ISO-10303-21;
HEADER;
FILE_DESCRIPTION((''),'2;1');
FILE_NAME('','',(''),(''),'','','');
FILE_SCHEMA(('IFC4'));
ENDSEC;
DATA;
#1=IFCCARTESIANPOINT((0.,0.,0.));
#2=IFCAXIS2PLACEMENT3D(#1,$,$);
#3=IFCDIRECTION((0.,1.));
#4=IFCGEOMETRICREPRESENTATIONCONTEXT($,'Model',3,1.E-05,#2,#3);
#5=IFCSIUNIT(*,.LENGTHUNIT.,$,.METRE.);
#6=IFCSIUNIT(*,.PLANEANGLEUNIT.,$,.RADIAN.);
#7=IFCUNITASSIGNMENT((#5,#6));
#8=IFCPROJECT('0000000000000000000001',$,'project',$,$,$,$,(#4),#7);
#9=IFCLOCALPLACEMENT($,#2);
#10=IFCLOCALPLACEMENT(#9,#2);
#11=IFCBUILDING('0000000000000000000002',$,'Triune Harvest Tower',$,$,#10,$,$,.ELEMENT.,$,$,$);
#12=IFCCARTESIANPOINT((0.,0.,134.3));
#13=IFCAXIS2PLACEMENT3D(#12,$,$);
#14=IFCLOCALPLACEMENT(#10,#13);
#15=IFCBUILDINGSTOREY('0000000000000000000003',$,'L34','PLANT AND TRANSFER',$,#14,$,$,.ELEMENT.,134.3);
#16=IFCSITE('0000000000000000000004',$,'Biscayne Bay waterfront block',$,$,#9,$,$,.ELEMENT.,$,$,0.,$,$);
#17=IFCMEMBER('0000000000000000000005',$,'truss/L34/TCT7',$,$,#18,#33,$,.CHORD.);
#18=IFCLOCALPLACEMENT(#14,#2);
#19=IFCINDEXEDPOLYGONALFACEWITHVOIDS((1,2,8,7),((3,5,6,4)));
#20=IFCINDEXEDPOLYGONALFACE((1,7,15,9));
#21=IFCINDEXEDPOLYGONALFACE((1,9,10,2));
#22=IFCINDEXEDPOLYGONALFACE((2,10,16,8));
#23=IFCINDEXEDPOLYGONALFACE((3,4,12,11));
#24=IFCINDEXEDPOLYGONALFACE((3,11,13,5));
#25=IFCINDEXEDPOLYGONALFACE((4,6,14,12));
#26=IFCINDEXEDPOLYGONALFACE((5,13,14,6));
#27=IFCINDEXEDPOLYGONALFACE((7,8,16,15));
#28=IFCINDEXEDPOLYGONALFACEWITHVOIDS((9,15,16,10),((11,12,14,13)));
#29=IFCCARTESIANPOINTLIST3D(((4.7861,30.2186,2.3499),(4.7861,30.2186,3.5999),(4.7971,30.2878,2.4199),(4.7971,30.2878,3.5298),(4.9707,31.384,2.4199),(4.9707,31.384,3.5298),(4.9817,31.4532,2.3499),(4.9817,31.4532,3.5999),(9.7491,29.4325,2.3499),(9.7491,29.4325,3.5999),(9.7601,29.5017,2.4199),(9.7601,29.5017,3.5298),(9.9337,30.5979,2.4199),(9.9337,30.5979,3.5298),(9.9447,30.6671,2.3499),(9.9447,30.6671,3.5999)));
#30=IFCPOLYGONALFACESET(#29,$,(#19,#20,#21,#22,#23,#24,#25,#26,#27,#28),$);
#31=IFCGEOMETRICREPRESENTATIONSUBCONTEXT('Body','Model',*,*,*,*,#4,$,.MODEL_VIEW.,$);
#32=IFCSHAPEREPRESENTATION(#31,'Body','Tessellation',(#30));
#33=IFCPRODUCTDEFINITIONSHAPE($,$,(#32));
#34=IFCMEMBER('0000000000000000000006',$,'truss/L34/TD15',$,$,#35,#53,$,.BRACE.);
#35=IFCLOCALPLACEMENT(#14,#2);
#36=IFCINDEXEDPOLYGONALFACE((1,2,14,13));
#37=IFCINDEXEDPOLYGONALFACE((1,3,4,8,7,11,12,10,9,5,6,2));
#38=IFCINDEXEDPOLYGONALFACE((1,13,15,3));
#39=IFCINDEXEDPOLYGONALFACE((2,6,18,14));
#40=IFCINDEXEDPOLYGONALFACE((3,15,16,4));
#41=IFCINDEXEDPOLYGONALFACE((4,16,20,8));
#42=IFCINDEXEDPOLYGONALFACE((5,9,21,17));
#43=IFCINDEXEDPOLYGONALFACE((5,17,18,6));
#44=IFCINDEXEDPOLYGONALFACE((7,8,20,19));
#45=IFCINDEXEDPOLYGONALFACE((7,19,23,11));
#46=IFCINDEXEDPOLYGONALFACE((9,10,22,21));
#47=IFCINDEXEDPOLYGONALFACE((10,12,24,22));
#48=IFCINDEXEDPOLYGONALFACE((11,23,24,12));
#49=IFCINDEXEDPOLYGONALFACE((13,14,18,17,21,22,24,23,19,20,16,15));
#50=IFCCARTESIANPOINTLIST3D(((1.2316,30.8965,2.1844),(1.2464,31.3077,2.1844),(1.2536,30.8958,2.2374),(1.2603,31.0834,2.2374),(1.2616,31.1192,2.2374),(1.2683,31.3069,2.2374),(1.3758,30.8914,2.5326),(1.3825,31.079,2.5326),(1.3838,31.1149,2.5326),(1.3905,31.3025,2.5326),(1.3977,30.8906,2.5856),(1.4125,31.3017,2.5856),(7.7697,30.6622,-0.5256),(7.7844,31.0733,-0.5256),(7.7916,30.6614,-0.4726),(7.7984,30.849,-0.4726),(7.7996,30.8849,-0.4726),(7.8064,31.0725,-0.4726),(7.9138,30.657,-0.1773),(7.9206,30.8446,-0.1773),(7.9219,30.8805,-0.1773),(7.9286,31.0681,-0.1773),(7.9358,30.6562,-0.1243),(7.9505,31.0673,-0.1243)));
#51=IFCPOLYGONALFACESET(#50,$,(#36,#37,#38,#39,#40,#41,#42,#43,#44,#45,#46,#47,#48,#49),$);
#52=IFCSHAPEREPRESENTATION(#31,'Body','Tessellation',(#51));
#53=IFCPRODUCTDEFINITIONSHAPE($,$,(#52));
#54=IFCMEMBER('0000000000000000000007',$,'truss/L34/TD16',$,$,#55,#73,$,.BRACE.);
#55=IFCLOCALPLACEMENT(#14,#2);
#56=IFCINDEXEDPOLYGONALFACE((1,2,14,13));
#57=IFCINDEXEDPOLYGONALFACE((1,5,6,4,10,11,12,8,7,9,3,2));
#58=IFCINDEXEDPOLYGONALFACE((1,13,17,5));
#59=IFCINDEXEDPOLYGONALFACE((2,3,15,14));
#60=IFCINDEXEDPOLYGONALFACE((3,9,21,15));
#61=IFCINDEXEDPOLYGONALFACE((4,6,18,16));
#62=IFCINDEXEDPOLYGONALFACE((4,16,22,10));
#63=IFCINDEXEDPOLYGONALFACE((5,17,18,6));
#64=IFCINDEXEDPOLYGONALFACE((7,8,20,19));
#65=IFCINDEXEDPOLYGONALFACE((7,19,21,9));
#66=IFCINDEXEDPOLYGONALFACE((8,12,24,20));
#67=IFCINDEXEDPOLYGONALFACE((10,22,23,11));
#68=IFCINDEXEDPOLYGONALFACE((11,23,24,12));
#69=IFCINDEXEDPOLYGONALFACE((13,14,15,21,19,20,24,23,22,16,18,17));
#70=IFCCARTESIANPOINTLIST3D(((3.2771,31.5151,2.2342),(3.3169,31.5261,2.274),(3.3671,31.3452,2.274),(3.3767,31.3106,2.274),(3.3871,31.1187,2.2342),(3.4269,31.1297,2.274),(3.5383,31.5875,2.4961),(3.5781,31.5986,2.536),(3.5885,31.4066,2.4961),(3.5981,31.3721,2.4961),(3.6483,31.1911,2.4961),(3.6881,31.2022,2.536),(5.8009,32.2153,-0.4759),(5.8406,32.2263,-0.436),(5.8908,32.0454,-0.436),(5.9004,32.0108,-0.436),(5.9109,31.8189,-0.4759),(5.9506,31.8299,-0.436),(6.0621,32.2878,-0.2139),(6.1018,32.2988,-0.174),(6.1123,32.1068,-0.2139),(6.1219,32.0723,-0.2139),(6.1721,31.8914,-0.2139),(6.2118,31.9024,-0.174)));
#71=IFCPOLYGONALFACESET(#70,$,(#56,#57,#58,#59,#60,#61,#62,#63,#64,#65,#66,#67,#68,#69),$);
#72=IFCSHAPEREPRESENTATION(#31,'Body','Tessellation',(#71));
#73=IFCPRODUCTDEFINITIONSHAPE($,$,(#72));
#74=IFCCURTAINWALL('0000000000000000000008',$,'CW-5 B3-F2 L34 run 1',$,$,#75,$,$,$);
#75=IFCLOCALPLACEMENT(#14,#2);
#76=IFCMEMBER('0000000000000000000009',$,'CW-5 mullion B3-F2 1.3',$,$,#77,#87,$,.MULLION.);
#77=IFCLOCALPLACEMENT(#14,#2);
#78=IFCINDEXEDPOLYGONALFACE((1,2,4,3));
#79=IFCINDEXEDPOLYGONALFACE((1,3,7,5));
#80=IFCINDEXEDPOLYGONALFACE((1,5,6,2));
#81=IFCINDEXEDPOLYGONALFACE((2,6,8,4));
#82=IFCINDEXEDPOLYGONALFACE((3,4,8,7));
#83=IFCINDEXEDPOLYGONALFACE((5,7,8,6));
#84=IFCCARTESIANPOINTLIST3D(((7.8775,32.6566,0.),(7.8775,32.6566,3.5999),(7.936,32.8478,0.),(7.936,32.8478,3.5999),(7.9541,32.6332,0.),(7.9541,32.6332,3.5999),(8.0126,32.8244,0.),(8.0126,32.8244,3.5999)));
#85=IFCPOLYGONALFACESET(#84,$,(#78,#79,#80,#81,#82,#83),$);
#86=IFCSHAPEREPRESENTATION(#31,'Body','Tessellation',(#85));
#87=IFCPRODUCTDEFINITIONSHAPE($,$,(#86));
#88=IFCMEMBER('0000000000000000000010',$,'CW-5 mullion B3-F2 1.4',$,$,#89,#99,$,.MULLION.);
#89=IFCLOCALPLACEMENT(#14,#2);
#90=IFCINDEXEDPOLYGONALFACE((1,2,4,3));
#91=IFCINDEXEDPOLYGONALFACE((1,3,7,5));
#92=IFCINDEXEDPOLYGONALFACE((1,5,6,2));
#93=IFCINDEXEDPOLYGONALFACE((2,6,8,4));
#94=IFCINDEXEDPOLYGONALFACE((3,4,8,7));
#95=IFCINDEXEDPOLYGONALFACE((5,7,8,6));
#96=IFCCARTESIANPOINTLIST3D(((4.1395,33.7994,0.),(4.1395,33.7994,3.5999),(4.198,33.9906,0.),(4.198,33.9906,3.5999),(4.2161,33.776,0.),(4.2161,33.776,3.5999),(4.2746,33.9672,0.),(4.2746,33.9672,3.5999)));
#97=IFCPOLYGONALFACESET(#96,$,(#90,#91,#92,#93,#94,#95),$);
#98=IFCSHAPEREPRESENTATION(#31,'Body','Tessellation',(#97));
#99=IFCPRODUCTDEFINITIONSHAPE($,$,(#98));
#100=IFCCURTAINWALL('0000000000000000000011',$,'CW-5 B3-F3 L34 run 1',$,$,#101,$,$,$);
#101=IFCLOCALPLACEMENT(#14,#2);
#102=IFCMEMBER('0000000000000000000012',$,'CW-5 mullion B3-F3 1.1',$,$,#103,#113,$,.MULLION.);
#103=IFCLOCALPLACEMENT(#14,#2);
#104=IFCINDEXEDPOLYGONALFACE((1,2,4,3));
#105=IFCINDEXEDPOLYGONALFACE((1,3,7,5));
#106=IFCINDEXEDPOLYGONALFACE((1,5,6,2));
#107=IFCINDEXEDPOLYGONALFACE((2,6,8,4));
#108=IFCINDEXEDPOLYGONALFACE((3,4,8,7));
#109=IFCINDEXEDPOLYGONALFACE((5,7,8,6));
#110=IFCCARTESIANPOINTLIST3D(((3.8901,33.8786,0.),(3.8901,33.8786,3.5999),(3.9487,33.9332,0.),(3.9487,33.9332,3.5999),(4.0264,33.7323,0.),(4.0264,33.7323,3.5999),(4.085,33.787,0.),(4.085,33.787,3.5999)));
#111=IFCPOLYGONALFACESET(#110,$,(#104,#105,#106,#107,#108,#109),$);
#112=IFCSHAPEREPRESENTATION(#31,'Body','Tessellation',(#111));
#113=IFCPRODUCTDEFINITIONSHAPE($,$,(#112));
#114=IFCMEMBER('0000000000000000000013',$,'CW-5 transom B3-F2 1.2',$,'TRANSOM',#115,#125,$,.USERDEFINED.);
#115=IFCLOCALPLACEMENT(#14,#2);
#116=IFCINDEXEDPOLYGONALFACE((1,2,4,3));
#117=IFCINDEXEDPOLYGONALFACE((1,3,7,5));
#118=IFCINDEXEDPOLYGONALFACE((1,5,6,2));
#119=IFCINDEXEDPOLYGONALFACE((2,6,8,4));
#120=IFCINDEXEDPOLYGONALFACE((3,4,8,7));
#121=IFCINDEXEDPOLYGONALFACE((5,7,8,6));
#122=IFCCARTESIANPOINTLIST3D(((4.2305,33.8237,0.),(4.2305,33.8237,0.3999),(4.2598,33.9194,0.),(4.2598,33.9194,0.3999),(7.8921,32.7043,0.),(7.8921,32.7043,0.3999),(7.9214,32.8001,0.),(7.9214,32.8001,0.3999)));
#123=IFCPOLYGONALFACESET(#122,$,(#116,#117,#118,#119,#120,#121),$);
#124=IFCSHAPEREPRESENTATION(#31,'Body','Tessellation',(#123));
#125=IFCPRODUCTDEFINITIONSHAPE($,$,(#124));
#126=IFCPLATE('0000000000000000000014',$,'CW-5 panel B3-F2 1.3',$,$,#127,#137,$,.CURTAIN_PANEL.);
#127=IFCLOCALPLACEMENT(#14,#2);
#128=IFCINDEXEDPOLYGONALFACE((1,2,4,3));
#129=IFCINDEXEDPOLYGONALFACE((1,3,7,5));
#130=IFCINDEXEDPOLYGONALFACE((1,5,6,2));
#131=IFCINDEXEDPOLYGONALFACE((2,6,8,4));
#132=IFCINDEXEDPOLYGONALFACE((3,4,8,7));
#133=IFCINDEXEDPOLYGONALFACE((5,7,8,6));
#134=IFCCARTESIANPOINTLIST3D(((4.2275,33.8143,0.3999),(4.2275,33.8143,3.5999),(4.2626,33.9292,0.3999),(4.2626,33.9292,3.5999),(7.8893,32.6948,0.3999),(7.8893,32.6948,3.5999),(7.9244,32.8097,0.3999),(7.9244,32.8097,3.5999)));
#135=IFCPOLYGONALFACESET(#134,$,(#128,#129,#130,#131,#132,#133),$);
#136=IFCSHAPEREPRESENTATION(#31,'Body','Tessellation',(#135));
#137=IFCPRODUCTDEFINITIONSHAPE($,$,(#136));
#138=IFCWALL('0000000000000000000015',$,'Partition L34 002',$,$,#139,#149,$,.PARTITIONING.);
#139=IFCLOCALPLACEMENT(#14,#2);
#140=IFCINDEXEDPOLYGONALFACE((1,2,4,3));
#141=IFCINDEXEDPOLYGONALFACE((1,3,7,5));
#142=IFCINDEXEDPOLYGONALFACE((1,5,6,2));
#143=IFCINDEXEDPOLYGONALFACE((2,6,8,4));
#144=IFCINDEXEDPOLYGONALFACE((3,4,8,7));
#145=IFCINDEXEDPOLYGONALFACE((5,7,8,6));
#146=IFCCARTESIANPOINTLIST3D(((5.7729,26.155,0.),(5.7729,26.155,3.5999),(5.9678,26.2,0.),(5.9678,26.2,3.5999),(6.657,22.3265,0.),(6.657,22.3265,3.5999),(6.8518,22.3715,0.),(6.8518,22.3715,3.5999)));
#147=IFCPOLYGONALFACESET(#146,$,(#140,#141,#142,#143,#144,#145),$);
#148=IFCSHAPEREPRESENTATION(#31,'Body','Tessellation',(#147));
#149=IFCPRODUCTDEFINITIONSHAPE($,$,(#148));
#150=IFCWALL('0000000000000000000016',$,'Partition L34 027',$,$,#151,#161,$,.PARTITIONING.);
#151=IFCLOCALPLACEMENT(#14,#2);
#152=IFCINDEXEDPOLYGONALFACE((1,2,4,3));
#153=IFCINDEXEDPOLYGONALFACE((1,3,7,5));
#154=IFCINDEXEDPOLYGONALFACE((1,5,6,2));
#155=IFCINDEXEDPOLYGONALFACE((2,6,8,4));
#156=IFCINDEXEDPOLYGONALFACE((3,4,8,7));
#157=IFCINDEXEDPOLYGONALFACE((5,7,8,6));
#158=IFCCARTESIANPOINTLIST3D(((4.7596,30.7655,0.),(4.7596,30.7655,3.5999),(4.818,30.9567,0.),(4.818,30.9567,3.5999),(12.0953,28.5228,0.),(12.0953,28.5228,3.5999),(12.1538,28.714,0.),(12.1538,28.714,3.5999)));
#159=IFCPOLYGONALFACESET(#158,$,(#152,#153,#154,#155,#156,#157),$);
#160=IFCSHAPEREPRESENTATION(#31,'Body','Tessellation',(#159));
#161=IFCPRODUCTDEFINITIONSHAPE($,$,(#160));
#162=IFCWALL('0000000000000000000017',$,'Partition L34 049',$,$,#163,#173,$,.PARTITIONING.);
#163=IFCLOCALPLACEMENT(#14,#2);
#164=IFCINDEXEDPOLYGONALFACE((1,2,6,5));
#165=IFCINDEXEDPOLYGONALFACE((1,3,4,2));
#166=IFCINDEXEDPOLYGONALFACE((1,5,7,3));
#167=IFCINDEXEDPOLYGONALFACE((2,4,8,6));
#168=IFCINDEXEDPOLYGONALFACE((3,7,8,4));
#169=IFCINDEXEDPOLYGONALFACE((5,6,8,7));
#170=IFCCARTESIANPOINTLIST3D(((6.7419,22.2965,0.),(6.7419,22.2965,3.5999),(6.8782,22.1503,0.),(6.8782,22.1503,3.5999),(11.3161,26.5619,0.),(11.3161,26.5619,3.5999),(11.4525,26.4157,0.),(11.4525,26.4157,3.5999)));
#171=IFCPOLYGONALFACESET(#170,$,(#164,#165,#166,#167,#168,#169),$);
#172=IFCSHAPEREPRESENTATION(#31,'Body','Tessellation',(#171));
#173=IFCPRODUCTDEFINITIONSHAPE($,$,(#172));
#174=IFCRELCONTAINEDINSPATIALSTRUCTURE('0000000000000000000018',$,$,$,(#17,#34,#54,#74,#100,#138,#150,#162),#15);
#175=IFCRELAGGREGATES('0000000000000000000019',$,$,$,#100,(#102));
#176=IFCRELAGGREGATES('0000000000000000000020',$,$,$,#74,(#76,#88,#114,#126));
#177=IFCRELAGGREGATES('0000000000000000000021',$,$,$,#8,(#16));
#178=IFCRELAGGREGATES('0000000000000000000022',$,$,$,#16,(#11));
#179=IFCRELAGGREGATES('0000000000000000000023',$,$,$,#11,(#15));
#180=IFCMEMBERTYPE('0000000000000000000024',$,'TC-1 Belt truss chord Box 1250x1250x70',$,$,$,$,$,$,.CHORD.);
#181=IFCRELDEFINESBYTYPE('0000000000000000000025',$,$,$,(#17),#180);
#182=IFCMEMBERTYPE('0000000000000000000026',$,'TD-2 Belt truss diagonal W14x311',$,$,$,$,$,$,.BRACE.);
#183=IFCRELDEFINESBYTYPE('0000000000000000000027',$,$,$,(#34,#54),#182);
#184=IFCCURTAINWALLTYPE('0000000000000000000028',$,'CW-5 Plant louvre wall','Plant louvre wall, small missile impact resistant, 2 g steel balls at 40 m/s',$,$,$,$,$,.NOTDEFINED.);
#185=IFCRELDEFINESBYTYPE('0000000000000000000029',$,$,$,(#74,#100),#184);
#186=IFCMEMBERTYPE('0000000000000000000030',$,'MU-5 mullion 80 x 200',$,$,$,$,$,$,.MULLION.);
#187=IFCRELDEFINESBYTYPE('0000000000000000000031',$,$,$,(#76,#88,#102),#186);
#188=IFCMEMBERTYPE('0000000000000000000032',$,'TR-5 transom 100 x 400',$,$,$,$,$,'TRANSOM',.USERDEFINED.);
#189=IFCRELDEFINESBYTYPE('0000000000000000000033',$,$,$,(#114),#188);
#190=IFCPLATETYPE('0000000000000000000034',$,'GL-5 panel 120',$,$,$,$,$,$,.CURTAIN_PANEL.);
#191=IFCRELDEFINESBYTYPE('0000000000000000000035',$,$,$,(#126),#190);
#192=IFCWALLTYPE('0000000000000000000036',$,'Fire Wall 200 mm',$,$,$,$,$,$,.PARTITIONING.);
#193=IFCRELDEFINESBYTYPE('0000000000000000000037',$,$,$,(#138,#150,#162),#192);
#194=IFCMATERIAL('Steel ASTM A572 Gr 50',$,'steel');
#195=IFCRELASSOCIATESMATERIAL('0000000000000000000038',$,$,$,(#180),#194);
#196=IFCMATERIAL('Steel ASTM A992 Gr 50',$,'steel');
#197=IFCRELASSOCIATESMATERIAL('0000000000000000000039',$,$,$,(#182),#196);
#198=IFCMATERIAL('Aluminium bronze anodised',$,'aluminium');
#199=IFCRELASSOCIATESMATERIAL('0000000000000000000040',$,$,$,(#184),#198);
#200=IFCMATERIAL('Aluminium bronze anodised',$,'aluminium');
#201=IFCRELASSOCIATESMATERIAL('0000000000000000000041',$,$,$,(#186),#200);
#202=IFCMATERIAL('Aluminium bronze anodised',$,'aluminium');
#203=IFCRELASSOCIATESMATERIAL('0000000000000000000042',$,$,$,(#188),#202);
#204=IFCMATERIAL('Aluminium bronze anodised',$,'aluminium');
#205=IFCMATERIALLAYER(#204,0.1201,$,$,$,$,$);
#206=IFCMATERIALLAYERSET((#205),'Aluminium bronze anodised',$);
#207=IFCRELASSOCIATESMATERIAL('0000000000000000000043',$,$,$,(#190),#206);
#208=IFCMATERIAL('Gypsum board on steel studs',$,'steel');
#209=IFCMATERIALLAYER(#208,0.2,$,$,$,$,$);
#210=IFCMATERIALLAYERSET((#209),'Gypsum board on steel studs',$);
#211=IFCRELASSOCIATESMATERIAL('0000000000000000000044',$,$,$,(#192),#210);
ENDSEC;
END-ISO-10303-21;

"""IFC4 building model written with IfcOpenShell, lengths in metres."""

from ifc_helpers import new_model, si_unit, direction, frame, frame_2d, origin, origin_2d, place, context, subcontext, project, spatial, rectangle, hollow_rectangle, i_section, extrude, source, transform, mapped, material, layer, layer_set, material_profile, profile_set, type_object, element, aggregate, save


model = new_model("IFC4")

# Units and contexts
model_context = context("Model", 3, precision=1e-05, world=origin(), true_north=direction((0.0, 1.0)))
body_context = subcontext(model_context, "Body", "Model", "MODEL_VIEW")
ifc_project = project(units=[si_unit("LENGTHUNIT", "METRE"), si_unit("PLANEANGLEUNIT", "RADIAN")], contexts=[model_context])

# Site, building, storey
site_placement = place(None, origin())
site = spatial("IfcSite", under=ifc_project, at=site_placement, Name="Biscayne Bay waterfront block", CompositionType="ELEMENT", RefElevation=0.0)
building_placement = place(site_placement, origin())
building = spatial("IfcBuilding", under=site, at=building_placement, Name="Triune Harvest Tower", CompositionType="ELEMENT")
storey_placement = place(building_placement, frame((0.0, 0.0, 134.3)))
storey = spatial("IfcBuildingStorey", under=building, at=storey_placement, Name="L34", Description="PLANT AND TRANSFER", CompositionType="ELEMENT", Elevation=134.3)

# Shared definitions
ifc_material_1 = material(Name="Steel ASTM A572 Gr 50", Category="steel")
ifc_material_profile_1 = material_profile(ifc_material_1, hollow_rectangle(XDim=1.25, YDim=1.25, WallThickness=0.0701, at=origin_2d()), Name="Box 1250x1250x70")
ifc_profile_set_1 = profile_set([ifc_material_profile_1], Name="Steel ASTM A572 Gr 50")
member_type_1 = type_object("IfcMemberType", Name="TC-1 Belt truss chord Box 1250x1250x70", PredefinedType="CHORD", material=ifc_profile_set_1)

# Members
shared_shape_1 = source(origin(), body_context, "Body", "SweptSolid", [
    extrude(hollow_rectangle(XDim=1.25, YDim=1.25, WallThickness=0.0701, at=origin_2d()), origin(), (0.0, 0.0, 1.0), 5.0249),
])
member_1_placement = place(storey_placement, frame((9.8469, 30.0498, 2.9749), z_axis=(-0.987687, 0.156444, 0.0), x_axis=(-0.156444, -0.987687, 0.0)))
element("IfcMember", 1, at=member_1_placement, inside=storey, type_object=member_type_1, Name="truss/L34/TCT7", PredefinedType="CHORD", context=body_context, shape_type="MappedRepresentation", body=[
    mapped(shared_shape_1, transform((0.0, 0.0, 0.0), scale=1.0)),
])
ifc_material_2 = material(Name="Steel ASTM A992 Gr 50", Category="steel")
ifc_material_profile_2 = material_profile(ifc_material_2, i_section(OverallWidth=0.4114, OverallDepth=0.4343, WebThickness=0.0359, FlangeThickness=0.0574, at=origin_2d()), Name="W14x311")
ifc_profile_set_2 = profile_set([ifc_material_profile_2], Name="Steel ASTM A992 Gr 50")
member_type_2 = type_object("IfcMemberType", Name="TD-2 Belt truss diagonal W14x311", PredefinedType="BRACE", material=ifc_profile_set_2)
shared_shape_2 = source(origin(), body_context, "Body", "SweptSolid", [
    extrude(i_section(OverallWidth=0.4114, OverallDepth=0.4343, WebThickness=0.0359, FlangeThickness=0.0574, at=origin_2d()), origin(), (0.0, 0.0, 1.0), 7.0813),
])
member_2_placement = place(storey_placement, frame((7.8601, 30.8647, -0.325), z_axis=(-0.923284, 0.033098, 0.38269), x_axis=(-0.035825, -0.999358, 0.0)))
element("IfcMember", 2, at=member_2_placement, inside=storey, type_object=member_type_2, Name="truss/L34/TD15", PredefinedType="BRACE", context=body_context, shape_type="MappedRepresentation", body=[
    mapped(shared_shape_2, transform((0.0, 0.0, 0.0), scale=1.0)),
])
shared_shape_3 = source(origin(), body_context, "Body", "SweptSolid", [
    extrude(i_section(OverallWidth=0.4114, OverallDepth=0.4343, WebThickness=0.0359, FlangeThickness=0.0574, at=origin_2d()), origin(), (0.0, 0.0, 1.0), 3.7688),
])
member_3_placement = place(storey_placement, frame((6.0063, 32.0588, -0.325), z_axis=(-0.669642, -0.185792, 0.71907), x_axis=(0.267351, -0.963599, 0.0)))
element("IfcMember", 3, at=member_3_placement, inside=storey, type_object=member_type_2, Name="truss/L34/TD16", PredefinedType="BRACE", context=body_context, shape_type="MappedRepresentation", body=[
    mapped(shared_shape_3, transform((0.0, 0.0, 0.0), scale=1.0)),
])

# Curtain wall, members
ifc_material_3 = material(Name="Aluminium bronze anodised", Category="aluminium")
curtain_wall_type = type_object("IfcCurtainWallType", Name="CW-5 Plant louvre wall", Description="Plant louvre wall, small missile impact resistant, 2 g steel balls at 40 m/s", PredefinedType="NOTDEFINED", material=ifc_material_3)
curtain_wall_1_placement = place(storey_placement, origin())
curtain_wall_1 = element("IfcCurtainWall", 4, at=curtain_wall_1_placement, inside=storey, type_object=curtain_wall_type, Name="CW-5 B3-F2 L34 run 1")
ifc_material_4 = material(Name="Aluminium bronze anodised", Category="aluminium")
ifc_material_profile_3 = material_profile(ifc_material_4, rectangle(XDim=0.2, YDim=0.0801, at=origin_2d()), Name="MU-5 mullion 80 x 200")
ifc_profile_set_3 = profile_set([ifc_material_profile_3], Name="Aluminium bronze anodised")
member_type_3 = type_object("IfcMemberType", Name="MU-5 mullion 80 x 200", PredefinedType="MULLION", material=ifc_profile_set_3)
shared_shape_4 = source(origin(), body_context, "Body", "SweptSolid", [
    extrude(rectangle(XDim=0.2, YDim=0.0801, at=origin_2d()), origin(), (0.0, 0.0, 1.0), 3.5999),
])
member_4_placement = place(storey_placement, frame((7.9451, 32.7405, 0.0), z_axis=(0.0, 0.0, 1.0), x_axis=(-0.292377, -0.956303, 0.0)))
member_4 = element("IfcMember", 5, at=member_4_placement, type_object=member_type_3, Name="CW-5 mullion B3-F2 1.3", PredefinedType="MULLION", context=body_context, shape_type="MappedRepresentation", body=[
    mapped(shared_shape_4, transform((0.0, 0.0, 0.0), scale=1.0)),
])
member_5_placement = place(storey_placement, frame((4.207, 33.8833, 0.0), z_axis=(0.0, 0.0, 1.0), x_axis=(-0.292377, -0.956303, 0.0)))
member_5 = element("IfcMember", 6, at=member_5_placement, type_object=member_type_3, Name="CW-5 mullion B3-F2 1.4", PredefinedType="MULLION", context=body_context, shape_type="MappedRepresentation", body=[
    mapped(shared_shape_4, transform((0.0, 0.0, 0.0), scale=1.0)),
])

# Curtain wall, member
curtain_wall_2_placement = place(storey_placement, origin())
curtain_wall_2 = element("IfcCurtainWall", 7, at=curtain_wall_2_placement, inside=storey, type_object=curtain_wall_type, Name="CW-5 B3-F3 L34 run 1")
member_6_placement = place(storey_placement, frame((3.9875, 33.8328, 0.0), z_axis=(0.0, 0.0, 1.0), x_axis=(0.681983, -0.731368, 0.0)))
member_6 = element("IfcMember", 8, at=member_6_placement, type_object=member_type_3, Name="CW-5 mullion B3-F3 1.1", PredefinedType="MULLION", context=body_context, shape_type="MappedRepresentation", body=[
    mapped(shared_shape_4, transform((0.0, 0.0, 0.0), scale=1.0)),
])
aggregate(curtain_wall_2, [member_6])

# Member
ifc_material_5 = material(Name="Aluminium bronze anodised", Category="aluminium")
ifc_material_profile_4 = material_profile(ifc_material_5, rectangle(XDim=0.1001, YDim=0.3999, at=origin_2d()), Name="TR-5 transom 100 x 400")
ifc_profile_set_4 = profile_set([ifc_material_profile_4], Name="Aluminium bronze anodised")
member_type_4 = type_object("IfcMemberType", Name="TR-5 transom 100 x 400", ElementType="TRANSOM", PredefinedType="USERDEFINED", material=ifc_profile_set_4)
shared_shape_5 = source(origin(), body_context, "Body", "SweptSolid", [
    extrude(rectangle(XDim=0.1001, YDim=0.3999, at=origin_2d()), origin(), (0.0, 0.0, 1.0), 3.8289),
])
member_7_placement = place(storey_placement, frame((7.9067, 32.7522, 0.2), z_axis=(-0.956311, 0.292351, 0.0), x_axis=(-0.292351, -0.956311, 0.0)))
member_7 = element("IfcMember", 9, at=member_7_placement, type_object=member_type_4, Name="CW-5 transom B3-F2 1.2", ObjectType="TRANSOM", PredefinedType="USERDEFINED", context=body_context, shape_type="MappedRepresentation", body=[
    mapped(shared_shape_5, transform((0.0, 0.0, 0.0), scale=1.0)),
])

# Plate
ifc_material_6 = material(Name="Aluminium bronze anodised", Category="aluminium")
ifc_layer_1 = layer(ifc_material_6, 0.1201)
ifc_layer_set_1 = layer_set([ifc_layer_1], Name="Aluminium bronze anodised")
plate_type = type_object("IfcPlateType", Name="GL-5 panel 120", PredefinedType="CURTAIN_PANEL", material=ifc_layer_set_1)
plate_placement = place(storey_placement, frame((6.0759, 33.312, 0.3999), z_axis=(0.0, 0.0, 1.0), x_axis=(-0.956303, 0.292377, 0.0)))
plate = element("IfcPlate", 10, at=plate_placement, type_object=plate_type, Name="CW-5 panel B3-F2 1.3", PredefinedType="CURTAIN_PANEL", context=body_context, shape_type="SweptSolid", body=[
    extrude(rectangle(XDim=3.8291, YDim=0.1201, at=origin_2d()), origin(), (0.0, 0.0, 1.0), 3.2),
])
aggregate(curtain_wall_1, [member_4, member_5, member_7, plate])

# Walls
ifc_material_7 = material(Name="Gypsum board on steel studs", Category="steel")
ifc_layer_2 = layer(ifc_material_7, 0.2)
ifc_layer_set_2 = layer_set([ifc_layer_2], Name="Gypsum board on steel studs")
wall_type = type_object("IfcWallType", Name="Fire Wall 200 mm", PredefinedType="PARTITIONING", material=ifc_layer_set_2)
wall_1_placement = place(storey_placement, frame((5.8704, 26.1775, 0.0), z_axis=(0.0, 0.0, 1.0), x_axis=(0.224996, -0.97436, 0.0)))
element("IfcWall", 11, at=wall_1_placement, inside=storey, type_object=wall_type, Name="Partition L34 002", PredefinedType="PARTITIONING", context=body_context, shape_type="SweptSolid", body=[
    extrude(rectangle(XDim=3.9292, YDim=0.2, at=frame_2d((1.9646, 0.0))), origin(), (0.0, 0.0, 1.0), 3.5999),
])
wall_2_placement = place(storey_placement, frame((4.7888, 30.8611, 0.0), z_axis=(0.0, 0.0, 1.0), x_axis=(0.956307, -0.292363, 0.0)))
element("IfcWall", 12, at=wall_2_placement, inside=storey, type_object=wall_type, Name="Partition L34 027", PredefinedType="PARTITIONING", context=body_context, shape_type="SweptSolid", body=[
    extrude(rectangle(XDim=7.6709, YDim=0.2, at=frame_2d((3.8354, 0.0))), origin(), (0.0, 0.0, 1.0), 3.5999),
])
wall_3_placement = place(storey_placement, frame((6.8101, 22.2234, 0.0), z_axis=(0.0, 0.0, 1.0), x_axis=(0.731365, 0.681986, 0.0)))
element("IfcWall", 13, at=wall_3_placement, inside=storey, type_object=wall_type, Name="Partition L34 049", PredefinedType="PARTITIONING", context=body_context, shape_type="SweptSolid", body=[
    extrude(rectangle(XDim=6.2544, YDim=0.2, at=frame_2d((3.1272, 0.0))), origin(), (0.0, 0.0, 1.0), 3.5999),
])

save(model, "model.ifc")
